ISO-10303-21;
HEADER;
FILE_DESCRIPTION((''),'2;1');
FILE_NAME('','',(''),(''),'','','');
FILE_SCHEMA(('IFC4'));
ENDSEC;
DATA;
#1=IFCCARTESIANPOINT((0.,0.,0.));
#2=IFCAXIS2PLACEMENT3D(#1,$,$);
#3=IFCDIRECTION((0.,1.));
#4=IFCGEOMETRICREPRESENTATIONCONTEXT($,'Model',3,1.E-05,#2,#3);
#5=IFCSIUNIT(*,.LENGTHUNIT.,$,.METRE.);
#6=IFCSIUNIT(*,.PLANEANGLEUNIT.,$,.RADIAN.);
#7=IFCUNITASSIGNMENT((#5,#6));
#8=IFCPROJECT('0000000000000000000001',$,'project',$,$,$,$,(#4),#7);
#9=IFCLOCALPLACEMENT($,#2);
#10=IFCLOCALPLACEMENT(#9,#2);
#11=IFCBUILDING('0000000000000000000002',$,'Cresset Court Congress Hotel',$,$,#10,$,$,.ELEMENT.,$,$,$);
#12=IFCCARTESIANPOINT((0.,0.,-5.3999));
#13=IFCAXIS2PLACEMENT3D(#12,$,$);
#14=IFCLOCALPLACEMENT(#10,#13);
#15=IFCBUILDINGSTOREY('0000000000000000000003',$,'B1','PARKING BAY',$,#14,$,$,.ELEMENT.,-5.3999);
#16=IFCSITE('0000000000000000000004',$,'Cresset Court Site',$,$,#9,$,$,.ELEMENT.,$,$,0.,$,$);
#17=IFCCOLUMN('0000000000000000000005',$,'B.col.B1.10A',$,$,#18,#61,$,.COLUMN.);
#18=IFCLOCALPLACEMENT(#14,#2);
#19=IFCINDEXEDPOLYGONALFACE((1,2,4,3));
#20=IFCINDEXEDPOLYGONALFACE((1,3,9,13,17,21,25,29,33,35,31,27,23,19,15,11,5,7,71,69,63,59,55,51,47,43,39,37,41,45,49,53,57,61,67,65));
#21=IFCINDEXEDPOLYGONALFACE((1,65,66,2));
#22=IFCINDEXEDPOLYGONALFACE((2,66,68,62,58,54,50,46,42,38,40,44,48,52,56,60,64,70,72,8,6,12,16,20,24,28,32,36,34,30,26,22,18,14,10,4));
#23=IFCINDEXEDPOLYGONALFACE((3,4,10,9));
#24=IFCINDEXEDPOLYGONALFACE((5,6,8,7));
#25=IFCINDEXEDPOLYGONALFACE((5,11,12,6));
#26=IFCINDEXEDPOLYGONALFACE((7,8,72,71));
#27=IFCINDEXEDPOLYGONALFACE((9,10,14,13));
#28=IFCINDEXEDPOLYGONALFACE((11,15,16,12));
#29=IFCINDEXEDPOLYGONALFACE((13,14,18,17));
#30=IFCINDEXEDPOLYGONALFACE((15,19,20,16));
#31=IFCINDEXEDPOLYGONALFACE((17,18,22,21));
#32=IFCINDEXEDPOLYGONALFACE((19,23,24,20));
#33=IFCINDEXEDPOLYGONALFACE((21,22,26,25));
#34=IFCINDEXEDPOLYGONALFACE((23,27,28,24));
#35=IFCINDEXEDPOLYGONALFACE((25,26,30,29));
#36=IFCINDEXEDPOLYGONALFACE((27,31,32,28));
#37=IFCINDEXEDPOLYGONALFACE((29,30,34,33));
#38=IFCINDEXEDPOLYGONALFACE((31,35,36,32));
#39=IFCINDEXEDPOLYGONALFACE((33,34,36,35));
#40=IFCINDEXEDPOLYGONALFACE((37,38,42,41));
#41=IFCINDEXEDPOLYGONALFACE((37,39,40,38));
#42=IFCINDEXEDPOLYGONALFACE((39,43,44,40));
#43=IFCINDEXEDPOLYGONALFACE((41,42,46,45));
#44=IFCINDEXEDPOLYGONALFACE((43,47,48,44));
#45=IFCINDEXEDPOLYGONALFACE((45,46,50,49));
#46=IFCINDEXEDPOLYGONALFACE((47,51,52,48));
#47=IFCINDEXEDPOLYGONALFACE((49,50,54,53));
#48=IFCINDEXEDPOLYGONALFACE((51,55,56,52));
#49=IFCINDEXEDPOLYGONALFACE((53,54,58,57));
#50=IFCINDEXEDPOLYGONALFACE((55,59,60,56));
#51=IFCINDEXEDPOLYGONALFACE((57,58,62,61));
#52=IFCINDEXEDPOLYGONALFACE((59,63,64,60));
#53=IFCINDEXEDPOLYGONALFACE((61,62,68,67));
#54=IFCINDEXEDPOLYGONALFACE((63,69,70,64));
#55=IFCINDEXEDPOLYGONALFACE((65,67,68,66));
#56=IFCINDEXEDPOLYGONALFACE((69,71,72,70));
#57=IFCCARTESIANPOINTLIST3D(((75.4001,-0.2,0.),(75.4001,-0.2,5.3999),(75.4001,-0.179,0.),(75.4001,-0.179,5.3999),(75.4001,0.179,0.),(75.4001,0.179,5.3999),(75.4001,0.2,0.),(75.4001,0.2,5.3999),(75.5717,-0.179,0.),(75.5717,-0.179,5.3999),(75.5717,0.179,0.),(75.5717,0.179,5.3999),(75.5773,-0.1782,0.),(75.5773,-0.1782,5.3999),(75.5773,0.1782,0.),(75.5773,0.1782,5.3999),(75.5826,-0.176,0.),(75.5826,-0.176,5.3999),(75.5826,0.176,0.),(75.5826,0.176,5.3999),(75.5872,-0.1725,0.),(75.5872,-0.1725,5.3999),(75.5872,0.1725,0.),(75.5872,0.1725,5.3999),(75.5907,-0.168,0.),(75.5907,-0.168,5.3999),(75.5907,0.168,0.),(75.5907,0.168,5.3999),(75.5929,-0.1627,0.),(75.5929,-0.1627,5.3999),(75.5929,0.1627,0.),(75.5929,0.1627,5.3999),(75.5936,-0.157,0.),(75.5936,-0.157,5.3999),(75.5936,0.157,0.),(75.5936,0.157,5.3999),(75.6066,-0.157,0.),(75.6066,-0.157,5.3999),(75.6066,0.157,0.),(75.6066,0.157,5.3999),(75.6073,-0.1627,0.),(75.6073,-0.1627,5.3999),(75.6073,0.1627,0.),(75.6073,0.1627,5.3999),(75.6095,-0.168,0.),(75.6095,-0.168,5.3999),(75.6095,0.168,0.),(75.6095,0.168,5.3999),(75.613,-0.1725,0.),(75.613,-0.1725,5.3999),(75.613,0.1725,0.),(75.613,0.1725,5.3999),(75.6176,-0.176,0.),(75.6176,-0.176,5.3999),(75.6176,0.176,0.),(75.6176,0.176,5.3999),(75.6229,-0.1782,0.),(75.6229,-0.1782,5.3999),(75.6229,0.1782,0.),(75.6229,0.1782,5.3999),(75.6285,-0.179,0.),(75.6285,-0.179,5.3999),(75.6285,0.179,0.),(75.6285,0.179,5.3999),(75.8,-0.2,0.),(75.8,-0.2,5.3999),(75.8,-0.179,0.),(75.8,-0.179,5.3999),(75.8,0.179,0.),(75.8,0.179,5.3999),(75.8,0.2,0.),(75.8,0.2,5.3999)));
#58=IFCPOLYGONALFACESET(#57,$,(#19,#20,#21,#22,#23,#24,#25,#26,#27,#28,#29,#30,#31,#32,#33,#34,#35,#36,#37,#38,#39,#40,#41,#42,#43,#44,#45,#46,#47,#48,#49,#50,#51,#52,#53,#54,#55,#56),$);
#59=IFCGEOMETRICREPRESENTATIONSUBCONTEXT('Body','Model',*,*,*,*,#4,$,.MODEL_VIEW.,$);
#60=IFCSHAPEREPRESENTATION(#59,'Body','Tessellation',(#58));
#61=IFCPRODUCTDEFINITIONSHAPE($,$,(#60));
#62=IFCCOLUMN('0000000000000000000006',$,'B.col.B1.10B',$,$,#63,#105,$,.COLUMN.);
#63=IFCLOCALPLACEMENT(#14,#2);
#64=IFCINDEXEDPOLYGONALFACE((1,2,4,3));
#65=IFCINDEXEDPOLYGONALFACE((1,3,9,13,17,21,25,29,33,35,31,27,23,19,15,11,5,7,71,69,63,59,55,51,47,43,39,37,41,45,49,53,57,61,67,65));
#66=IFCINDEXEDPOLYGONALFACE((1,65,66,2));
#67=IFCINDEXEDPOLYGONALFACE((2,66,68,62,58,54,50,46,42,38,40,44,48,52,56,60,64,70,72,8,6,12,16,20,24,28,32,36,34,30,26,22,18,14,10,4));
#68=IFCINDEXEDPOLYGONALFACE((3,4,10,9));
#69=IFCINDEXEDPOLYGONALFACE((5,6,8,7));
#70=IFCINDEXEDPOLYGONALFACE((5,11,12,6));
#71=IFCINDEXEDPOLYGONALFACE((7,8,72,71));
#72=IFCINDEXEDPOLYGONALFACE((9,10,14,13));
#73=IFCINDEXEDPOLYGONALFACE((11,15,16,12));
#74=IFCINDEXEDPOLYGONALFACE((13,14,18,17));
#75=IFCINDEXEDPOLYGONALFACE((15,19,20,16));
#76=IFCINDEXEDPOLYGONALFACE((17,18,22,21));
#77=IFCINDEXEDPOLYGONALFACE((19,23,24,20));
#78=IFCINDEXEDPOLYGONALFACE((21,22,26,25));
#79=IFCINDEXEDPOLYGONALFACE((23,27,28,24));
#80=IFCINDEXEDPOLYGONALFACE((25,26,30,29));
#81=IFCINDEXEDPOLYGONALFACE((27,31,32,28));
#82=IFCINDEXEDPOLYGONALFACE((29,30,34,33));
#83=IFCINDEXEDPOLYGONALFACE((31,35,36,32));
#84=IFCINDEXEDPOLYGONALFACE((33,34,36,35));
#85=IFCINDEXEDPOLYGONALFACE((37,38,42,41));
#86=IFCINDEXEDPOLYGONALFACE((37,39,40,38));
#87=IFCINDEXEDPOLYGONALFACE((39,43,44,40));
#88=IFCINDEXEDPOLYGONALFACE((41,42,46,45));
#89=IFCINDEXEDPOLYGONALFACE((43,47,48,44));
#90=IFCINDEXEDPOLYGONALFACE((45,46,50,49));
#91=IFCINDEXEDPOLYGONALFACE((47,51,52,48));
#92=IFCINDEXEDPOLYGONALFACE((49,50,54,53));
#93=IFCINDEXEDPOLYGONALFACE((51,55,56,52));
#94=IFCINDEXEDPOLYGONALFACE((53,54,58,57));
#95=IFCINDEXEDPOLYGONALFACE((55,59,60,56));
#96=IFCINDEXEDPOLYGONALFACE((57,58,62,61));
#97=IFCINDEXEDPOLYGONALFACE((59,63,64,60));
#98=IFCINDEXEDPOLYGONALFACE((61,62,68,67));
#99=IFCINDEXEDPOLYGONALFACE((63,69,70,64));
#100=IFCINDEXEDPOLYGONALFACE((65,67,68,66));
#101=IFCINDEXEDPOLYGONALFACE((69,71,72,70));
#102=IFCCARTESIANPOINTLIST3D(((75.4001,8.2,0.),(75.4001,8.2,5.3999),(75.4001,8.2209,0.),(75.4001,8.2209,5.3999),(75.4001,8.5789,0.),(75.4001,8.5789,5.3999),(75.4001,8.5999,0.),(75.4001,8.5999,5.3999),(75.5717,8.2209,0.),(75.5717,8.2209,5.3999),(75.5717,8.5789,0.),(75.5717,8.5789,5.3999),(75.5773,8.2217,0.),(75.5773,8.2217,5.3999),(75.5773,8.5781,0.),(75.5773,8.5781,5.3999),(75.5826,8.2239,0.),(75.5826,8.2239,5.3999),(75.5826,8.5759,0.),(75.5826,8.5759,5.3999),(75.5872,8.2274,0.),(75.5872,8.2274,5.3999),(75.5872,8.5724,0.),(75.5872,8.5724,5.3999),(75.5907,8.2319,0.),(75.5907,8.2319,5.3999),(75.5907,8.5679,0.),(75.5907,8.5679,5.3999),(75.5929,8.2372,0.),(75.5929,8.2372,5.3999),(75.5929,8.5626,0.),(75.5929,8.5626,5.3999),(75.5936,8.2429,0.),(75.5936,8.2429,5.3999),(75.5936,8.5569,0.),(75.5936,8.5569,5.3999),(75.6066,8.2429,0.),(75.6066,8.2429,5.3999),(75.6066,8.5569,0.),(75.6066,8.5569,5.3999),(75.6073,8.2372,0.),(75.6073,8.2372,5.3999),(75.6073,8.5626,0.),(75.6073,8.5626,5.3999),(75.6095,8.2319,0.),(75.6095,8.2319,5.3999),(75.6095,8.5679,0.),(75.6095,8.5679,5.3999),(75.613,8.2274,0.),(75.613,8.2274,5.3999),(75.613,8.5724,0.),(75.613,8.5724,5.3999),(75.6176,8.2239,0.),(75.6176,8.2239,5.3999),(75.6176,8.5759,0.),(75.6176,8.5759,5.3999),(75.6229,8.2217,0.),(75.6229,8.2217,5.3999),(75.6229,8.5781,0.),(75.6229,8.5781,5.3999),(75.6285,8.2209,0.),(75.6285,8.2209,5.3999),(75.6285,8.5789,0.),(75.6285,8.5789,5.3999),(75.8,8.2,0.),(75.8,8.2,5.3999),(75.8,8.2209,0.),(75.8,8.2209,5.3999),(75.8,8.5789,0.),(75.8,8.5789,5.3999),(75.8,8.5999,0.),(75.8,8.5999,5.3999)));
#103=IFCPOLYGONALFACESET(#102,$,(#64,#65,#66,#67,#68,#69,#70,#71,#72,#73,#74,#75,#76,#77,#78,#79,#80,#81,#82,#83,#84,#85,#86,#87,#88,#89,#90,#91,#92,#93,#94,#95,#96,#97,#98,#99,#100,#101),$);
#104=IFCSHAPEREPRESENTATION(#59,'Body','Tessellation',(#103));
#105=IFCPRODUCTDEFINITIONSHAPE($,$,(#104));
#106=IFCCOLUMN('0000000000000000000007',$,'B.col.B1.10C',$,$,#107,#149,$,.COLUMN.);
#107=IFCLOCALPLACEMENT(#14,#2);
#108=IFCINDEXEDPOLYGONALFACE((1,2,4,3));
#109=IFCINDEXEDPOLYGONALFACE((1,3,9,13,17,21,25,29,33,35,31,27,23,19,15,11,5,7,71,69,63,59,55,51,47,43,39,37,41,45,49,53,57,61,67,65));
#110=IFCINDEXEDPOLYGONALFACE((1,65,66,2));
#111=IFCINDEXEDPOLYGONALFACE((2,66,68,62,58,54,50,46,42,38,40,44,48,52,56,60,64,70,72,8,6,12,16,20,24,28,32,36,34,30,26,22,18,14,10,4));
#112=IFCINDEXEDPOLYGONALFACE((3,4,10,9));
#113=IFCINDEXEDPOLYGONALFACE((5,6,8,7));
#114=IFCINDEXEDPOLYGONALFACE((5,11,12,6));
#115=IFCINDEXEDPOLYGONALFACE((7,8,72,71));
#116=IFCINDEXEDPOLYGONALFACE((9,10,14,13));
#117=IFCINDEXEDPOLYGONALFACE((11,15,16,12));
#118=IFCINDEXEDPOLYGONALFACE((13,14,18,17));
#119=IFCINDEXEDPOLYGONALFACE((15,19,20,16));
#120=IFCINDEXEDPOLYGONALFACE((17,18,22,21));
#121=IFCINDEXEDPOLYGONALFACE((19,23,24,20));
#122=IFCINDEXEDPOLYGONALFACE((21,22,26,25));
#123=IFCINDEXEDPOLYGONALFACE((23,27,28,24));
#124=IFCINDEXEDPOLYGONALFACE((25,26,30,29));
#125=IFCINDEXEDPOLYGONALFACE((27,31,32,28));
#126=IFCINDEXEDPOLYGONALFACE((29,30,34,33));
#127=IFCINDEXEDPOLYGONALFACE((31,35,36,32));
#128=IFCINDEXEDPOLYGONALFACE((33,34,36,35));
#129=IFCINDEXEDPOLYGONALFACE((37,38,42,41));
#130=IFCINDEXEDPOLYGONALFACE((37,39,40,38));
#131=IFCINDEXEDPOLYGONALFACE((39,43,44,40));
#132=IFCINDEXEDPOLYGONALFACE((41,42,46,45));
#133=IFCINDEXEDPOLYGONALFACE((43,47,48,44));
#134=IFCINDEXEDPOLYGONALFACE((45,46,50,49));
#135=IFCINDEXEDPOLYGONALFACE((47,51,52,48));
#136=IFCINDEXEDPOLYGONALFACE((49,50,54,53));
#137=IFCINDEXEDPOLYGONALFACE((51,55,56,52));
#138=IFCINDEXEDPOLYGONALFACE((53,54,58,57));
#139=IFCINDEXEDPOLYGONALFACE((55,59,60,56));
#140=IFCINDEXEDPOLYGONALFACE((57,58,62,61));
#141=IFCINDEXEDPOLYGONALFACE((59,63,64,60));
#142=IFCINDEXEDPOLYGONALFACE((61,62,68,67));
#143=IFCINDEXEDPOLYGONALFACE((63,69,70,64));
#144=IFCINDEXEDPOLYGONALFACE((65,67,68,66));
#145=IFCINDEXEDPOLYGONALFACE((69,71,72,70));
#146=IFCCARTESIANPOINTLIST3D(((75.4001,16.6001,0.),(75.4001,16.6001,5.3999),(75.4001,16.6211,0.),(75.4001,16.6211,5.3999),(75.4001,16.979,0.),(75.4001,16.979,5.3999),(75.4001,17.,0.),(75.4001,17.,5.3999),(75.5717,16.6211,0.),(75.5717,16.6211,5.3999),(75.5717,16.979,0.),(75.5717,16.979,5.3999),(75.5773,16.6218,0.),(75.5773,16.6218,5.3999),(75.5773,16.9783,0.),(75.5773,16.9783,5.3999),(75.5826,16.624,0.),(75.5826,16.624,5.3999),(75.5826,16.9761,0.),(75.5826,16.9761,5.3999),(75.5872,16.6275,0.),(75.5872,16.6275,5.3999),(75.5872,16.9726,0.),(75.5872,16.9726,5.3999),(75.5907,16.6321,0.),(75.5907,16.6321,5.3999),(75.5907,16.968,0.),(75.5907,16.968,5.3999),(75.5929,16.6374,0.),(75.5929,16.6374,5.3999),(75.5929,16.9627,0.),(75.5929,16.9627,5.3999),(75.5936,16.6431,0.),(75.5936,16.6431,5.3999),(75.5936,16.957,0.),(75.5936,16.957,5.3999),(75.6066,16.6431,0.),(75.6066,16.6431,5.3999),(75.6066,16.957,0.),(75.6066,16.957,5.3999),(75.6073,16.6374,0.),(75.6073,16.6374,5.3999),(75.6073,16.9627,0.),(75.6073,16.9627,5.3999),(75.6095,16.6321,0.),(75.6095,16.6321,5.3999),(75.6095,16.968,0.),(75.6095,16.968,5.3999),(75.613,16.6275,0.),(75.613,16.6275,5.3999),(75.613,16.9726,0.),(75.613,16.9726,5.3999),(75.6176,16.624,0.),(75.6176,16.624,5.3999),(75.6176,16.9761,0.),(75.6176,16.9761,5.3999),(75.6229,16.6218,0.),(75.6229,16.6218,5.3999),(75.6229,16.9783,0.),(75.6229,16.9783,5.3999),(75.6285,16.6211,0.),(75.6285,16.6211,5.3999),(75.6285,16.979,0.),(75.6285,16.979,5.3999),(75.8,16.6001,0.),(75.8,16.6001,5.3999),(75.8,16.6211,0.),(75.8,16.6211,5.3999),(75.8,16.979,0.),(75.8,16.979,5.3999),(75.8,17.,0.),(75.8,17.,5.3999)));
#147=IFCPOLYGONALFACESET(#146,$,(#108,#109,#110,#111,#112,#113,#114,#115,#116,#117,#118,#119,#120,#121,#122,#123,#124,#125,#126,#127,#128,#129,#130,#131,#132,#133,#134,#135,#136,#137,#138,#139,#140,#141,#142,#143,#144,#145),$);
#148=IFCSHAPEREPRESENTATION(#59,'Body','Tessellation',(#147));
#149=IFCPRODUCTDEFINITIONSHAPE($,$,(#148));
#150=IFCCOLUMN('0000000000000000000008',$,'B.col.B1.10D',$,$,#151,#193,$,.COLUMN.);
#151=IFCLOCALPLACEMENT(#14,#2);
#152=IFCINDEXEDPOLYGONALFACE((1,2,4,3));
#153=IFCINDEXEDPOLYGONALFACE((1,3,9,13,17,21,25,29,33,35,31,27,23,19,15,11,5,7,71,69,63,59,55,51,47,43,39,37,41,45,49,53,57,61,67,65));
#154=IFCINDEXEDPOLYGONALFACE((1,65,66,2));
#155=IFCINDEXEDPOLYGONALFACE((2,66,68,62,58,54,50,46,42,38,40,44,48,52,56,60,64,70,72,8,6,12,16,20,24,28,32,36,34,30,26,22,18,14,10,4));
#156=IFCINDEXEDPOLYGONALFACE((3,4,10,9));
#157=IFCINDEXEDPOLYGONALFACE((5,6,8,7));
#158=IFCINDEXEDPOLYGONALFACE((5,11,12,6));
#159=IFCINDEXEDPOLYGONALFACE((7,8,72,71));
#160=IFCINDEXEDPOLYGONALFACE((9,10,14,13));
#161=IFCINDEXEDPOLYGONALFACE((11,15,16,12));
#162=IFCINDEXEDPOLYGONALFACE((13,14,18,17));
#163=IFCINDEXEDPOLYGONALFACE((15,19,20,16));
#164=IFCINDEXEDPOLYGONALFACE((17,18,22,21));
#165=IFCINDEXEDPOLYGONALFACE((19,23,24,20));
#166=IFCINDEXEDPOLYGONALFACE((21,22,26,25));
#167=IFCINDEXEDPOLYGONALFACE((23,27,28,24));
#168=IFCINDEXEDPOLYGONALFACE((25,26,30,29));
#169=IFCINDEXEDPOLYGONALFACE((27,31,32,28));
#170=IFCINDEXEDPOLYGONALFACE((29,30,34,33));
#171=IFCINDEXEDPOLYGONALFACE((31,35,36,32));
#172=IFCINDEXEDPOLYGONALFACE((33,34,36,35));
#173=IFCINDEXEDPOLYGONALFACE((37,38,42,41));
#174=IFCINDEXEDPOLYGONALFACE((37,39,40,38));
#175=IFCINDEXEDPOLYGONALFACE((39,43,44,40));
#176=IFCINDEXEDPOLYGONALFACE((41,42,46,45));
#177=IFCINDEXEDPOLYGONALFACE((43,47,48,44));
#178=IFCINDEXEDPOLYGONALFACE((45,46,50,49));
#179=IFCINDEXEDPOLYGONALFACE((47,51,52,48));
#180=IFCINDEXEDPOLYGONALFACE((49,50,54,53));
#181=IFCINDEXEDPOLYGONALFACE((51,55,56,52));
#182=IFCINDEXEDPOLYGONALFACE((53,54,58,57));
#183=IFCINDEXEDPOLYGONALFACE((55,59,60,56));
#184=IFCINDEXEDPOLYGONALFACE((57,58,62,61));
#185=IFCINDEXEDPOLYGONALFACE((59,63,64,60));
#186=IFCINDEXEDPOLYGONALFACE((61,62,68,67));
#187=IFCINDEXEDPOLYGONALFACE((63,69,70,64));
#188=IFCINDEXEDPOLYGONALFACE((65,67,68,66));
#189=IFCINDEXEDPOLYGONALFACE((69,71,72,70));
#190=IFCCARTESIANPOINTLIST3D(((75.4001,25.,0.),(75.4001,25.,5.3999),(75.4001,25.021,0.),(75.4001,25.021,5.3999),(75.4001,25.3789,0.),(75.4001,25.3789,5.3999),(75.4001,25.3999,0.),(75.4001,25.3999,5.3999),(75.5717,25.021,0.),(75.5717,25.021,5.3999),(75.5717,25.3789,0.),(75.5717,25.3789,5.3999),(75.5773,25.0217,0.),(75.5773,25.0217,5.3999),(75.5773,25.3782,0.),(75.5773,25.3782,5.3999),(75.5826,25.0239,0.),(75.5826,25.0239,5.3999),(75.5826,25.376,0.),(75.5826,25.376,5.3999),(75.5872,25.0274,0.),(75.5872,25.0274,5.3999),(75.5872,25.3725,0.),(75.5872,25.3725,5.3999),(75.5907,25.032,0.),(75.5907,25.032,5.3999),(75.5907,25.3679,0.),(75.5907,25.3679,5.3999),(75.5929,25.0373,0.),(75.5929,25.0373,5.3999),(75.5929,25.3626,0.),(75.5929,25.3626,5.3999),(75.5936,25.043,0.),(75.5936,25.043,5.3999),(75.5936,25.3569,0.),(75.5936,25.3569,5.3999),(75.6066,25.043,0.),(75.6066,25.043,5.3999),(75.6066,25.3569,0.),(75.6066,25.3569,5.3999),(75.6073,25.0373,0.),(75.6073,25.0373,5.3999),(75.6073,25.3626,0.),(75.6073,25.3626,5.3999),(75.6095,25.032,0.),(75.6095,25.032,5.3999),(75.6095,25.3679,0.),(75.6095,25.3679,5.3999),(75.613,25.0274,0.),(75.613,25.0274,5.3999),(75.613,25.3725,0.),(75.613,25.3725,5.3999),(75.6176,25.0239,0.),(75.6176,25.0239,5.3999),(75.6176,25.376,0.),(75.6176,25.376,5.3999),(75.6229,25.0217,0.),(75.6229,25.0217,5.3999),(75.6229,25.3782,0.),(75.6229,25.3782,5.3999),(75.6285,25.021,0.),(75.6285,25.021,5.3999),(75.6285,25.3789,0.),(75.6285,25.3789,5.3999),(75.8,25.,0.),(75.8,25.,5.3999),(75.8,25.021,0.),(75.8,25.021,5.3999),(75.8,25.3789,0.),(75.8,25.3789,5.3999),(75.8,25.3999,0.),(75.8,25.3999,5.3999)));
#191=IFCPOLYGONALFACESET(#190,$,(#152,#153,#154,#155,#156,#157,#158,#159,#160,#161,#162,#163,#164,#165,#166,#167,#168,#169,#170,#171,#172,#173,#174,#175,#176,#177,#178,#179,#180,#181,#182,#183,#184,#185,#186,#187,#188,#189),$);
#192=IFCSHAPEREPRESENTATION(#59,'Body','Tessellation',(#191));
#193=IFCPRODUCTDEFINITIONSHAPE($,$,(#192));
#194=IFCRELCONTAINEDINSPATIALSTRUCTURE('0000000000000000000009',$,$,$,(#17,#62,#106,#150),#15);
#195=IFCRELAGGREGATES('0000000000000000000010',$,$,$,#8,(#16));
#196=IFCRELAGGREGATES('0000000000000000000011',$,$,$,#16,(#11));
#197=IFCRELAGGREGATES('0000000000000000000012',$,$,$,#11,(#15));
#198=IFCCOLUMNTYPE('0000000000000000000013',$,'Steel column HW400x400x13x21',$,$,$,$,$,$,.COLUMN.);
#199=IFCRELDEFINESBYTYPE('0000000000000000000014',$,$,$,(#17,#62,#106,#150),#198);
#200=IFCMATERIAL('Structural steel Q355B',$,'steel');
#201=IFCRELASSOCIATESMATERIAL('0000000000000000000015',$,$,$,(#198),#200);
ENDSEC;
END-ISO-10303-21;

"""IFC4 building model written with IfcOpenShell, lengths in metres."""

from ifc_helpers import new_model, si_unit, direction, frame, origin, origin_2d, place, context, subcontext, project, spatial, i_section, extrude, material, material_profile, profile_set, type_object, element, save


model = new_model("IFC4")

# Units and contexts
model_context = context("Model", 3, precision=1e-05, world=origin(), true_north=direction((0.0, 1.0)))
body_context = subcontext(model_context, "Body", "Model", "MODEL_VIEW")
ifc_project = project(units=[si_unit("LENGTHUNIT", "METRE"), si_unit("PLANEANGLEUNIT", "RADIAN")], contexts=[model_context])

# Site, building, storey
site_placement = place(None, origin())
site = spatial("IfcSite", under=ifc_project, at=site_placement, Name="Cresset Court Site", CompositionType="ELEMENT", RefElevation=0.0)
building_placement = place(site_placement, origin())
building = spatial("IfcBuilding", under=site, at=building_placement, Name="Cresset Court Congress Hotel", CompositionType="ELEMENT")
storey_placement = place(building_placement, frame((0.0, 0.0, -5.3999)))
storey = spatial("IfcBuildingStorey", under=building, at=storey_placement, Name="B1", Description="PARKING BAY", CompositionType="ELEMENT", Elevation=-5.3999)

# Columns
ifc_material_1 = material(Name="Structural steel Q355B", Category="steel")
ifc_material_profile_1 = material_profile(ifc_material_1, i_section(OverallWidth=0.3999, OverallDepth=0.3999, WebThickness=0.0129, FlangeThickness=0.021, FilletRadius=0.022, at=origin_2d()), Name="HW400x400x13x21")
ifc_profile_set_1 = profile_set([ifc_material_profile_1], Name="Structural steel Q355B")
column_type_1 = type_object("IfcColumnType", Name="Steel column HW400x400x13x21", PredefinedType="COLUMN", material=ifc_profile_set_1)
for number, where, z_axis, x_axis, name in (
    (1, (75.6001, 0.0, 0.0), (0.0, 0.0, 1.0), (1.0, 0.0, 0.0), "B.col.B1.10A"),
    (2, (75.6001, 8.3999, 0.0), (0.0, 0.0, 1.0), (1.0, 0.0, 0.0), "B.col.B1.10B"),
    (3, (75.6001, 16.8, 0.0), (0.0, 0.0, 1.0), (1.0, 0.0, 0.0), "B.col.B1.10C"),
    (4, (75.6001, 25.2, 0.0), (0.0, 0.0, 1.0), (1.0, 0.0, 0.0), "B.col.B1.10D"),
):
    element("IfcColumn", number, at=place(storey_placement, frame(where, z_axis=z_axis, x_axis=x_axis)), inside=storey, type_object=column_type_1, Name=name, PredefinedType="COLUMN", context=body_context, shape_type="SweptSolid", body=[
        extrude(i_section(OverallWidth=0.3999, OverallDepth=0.3999, WebThickness=0.0129, FlangeThickness=0.021, FilletRadius=0.022, at=origin_2d()), origin(), (0.0, 0.0, 1.0), 5.3999),
    ])

save(model, "model.ifc")
